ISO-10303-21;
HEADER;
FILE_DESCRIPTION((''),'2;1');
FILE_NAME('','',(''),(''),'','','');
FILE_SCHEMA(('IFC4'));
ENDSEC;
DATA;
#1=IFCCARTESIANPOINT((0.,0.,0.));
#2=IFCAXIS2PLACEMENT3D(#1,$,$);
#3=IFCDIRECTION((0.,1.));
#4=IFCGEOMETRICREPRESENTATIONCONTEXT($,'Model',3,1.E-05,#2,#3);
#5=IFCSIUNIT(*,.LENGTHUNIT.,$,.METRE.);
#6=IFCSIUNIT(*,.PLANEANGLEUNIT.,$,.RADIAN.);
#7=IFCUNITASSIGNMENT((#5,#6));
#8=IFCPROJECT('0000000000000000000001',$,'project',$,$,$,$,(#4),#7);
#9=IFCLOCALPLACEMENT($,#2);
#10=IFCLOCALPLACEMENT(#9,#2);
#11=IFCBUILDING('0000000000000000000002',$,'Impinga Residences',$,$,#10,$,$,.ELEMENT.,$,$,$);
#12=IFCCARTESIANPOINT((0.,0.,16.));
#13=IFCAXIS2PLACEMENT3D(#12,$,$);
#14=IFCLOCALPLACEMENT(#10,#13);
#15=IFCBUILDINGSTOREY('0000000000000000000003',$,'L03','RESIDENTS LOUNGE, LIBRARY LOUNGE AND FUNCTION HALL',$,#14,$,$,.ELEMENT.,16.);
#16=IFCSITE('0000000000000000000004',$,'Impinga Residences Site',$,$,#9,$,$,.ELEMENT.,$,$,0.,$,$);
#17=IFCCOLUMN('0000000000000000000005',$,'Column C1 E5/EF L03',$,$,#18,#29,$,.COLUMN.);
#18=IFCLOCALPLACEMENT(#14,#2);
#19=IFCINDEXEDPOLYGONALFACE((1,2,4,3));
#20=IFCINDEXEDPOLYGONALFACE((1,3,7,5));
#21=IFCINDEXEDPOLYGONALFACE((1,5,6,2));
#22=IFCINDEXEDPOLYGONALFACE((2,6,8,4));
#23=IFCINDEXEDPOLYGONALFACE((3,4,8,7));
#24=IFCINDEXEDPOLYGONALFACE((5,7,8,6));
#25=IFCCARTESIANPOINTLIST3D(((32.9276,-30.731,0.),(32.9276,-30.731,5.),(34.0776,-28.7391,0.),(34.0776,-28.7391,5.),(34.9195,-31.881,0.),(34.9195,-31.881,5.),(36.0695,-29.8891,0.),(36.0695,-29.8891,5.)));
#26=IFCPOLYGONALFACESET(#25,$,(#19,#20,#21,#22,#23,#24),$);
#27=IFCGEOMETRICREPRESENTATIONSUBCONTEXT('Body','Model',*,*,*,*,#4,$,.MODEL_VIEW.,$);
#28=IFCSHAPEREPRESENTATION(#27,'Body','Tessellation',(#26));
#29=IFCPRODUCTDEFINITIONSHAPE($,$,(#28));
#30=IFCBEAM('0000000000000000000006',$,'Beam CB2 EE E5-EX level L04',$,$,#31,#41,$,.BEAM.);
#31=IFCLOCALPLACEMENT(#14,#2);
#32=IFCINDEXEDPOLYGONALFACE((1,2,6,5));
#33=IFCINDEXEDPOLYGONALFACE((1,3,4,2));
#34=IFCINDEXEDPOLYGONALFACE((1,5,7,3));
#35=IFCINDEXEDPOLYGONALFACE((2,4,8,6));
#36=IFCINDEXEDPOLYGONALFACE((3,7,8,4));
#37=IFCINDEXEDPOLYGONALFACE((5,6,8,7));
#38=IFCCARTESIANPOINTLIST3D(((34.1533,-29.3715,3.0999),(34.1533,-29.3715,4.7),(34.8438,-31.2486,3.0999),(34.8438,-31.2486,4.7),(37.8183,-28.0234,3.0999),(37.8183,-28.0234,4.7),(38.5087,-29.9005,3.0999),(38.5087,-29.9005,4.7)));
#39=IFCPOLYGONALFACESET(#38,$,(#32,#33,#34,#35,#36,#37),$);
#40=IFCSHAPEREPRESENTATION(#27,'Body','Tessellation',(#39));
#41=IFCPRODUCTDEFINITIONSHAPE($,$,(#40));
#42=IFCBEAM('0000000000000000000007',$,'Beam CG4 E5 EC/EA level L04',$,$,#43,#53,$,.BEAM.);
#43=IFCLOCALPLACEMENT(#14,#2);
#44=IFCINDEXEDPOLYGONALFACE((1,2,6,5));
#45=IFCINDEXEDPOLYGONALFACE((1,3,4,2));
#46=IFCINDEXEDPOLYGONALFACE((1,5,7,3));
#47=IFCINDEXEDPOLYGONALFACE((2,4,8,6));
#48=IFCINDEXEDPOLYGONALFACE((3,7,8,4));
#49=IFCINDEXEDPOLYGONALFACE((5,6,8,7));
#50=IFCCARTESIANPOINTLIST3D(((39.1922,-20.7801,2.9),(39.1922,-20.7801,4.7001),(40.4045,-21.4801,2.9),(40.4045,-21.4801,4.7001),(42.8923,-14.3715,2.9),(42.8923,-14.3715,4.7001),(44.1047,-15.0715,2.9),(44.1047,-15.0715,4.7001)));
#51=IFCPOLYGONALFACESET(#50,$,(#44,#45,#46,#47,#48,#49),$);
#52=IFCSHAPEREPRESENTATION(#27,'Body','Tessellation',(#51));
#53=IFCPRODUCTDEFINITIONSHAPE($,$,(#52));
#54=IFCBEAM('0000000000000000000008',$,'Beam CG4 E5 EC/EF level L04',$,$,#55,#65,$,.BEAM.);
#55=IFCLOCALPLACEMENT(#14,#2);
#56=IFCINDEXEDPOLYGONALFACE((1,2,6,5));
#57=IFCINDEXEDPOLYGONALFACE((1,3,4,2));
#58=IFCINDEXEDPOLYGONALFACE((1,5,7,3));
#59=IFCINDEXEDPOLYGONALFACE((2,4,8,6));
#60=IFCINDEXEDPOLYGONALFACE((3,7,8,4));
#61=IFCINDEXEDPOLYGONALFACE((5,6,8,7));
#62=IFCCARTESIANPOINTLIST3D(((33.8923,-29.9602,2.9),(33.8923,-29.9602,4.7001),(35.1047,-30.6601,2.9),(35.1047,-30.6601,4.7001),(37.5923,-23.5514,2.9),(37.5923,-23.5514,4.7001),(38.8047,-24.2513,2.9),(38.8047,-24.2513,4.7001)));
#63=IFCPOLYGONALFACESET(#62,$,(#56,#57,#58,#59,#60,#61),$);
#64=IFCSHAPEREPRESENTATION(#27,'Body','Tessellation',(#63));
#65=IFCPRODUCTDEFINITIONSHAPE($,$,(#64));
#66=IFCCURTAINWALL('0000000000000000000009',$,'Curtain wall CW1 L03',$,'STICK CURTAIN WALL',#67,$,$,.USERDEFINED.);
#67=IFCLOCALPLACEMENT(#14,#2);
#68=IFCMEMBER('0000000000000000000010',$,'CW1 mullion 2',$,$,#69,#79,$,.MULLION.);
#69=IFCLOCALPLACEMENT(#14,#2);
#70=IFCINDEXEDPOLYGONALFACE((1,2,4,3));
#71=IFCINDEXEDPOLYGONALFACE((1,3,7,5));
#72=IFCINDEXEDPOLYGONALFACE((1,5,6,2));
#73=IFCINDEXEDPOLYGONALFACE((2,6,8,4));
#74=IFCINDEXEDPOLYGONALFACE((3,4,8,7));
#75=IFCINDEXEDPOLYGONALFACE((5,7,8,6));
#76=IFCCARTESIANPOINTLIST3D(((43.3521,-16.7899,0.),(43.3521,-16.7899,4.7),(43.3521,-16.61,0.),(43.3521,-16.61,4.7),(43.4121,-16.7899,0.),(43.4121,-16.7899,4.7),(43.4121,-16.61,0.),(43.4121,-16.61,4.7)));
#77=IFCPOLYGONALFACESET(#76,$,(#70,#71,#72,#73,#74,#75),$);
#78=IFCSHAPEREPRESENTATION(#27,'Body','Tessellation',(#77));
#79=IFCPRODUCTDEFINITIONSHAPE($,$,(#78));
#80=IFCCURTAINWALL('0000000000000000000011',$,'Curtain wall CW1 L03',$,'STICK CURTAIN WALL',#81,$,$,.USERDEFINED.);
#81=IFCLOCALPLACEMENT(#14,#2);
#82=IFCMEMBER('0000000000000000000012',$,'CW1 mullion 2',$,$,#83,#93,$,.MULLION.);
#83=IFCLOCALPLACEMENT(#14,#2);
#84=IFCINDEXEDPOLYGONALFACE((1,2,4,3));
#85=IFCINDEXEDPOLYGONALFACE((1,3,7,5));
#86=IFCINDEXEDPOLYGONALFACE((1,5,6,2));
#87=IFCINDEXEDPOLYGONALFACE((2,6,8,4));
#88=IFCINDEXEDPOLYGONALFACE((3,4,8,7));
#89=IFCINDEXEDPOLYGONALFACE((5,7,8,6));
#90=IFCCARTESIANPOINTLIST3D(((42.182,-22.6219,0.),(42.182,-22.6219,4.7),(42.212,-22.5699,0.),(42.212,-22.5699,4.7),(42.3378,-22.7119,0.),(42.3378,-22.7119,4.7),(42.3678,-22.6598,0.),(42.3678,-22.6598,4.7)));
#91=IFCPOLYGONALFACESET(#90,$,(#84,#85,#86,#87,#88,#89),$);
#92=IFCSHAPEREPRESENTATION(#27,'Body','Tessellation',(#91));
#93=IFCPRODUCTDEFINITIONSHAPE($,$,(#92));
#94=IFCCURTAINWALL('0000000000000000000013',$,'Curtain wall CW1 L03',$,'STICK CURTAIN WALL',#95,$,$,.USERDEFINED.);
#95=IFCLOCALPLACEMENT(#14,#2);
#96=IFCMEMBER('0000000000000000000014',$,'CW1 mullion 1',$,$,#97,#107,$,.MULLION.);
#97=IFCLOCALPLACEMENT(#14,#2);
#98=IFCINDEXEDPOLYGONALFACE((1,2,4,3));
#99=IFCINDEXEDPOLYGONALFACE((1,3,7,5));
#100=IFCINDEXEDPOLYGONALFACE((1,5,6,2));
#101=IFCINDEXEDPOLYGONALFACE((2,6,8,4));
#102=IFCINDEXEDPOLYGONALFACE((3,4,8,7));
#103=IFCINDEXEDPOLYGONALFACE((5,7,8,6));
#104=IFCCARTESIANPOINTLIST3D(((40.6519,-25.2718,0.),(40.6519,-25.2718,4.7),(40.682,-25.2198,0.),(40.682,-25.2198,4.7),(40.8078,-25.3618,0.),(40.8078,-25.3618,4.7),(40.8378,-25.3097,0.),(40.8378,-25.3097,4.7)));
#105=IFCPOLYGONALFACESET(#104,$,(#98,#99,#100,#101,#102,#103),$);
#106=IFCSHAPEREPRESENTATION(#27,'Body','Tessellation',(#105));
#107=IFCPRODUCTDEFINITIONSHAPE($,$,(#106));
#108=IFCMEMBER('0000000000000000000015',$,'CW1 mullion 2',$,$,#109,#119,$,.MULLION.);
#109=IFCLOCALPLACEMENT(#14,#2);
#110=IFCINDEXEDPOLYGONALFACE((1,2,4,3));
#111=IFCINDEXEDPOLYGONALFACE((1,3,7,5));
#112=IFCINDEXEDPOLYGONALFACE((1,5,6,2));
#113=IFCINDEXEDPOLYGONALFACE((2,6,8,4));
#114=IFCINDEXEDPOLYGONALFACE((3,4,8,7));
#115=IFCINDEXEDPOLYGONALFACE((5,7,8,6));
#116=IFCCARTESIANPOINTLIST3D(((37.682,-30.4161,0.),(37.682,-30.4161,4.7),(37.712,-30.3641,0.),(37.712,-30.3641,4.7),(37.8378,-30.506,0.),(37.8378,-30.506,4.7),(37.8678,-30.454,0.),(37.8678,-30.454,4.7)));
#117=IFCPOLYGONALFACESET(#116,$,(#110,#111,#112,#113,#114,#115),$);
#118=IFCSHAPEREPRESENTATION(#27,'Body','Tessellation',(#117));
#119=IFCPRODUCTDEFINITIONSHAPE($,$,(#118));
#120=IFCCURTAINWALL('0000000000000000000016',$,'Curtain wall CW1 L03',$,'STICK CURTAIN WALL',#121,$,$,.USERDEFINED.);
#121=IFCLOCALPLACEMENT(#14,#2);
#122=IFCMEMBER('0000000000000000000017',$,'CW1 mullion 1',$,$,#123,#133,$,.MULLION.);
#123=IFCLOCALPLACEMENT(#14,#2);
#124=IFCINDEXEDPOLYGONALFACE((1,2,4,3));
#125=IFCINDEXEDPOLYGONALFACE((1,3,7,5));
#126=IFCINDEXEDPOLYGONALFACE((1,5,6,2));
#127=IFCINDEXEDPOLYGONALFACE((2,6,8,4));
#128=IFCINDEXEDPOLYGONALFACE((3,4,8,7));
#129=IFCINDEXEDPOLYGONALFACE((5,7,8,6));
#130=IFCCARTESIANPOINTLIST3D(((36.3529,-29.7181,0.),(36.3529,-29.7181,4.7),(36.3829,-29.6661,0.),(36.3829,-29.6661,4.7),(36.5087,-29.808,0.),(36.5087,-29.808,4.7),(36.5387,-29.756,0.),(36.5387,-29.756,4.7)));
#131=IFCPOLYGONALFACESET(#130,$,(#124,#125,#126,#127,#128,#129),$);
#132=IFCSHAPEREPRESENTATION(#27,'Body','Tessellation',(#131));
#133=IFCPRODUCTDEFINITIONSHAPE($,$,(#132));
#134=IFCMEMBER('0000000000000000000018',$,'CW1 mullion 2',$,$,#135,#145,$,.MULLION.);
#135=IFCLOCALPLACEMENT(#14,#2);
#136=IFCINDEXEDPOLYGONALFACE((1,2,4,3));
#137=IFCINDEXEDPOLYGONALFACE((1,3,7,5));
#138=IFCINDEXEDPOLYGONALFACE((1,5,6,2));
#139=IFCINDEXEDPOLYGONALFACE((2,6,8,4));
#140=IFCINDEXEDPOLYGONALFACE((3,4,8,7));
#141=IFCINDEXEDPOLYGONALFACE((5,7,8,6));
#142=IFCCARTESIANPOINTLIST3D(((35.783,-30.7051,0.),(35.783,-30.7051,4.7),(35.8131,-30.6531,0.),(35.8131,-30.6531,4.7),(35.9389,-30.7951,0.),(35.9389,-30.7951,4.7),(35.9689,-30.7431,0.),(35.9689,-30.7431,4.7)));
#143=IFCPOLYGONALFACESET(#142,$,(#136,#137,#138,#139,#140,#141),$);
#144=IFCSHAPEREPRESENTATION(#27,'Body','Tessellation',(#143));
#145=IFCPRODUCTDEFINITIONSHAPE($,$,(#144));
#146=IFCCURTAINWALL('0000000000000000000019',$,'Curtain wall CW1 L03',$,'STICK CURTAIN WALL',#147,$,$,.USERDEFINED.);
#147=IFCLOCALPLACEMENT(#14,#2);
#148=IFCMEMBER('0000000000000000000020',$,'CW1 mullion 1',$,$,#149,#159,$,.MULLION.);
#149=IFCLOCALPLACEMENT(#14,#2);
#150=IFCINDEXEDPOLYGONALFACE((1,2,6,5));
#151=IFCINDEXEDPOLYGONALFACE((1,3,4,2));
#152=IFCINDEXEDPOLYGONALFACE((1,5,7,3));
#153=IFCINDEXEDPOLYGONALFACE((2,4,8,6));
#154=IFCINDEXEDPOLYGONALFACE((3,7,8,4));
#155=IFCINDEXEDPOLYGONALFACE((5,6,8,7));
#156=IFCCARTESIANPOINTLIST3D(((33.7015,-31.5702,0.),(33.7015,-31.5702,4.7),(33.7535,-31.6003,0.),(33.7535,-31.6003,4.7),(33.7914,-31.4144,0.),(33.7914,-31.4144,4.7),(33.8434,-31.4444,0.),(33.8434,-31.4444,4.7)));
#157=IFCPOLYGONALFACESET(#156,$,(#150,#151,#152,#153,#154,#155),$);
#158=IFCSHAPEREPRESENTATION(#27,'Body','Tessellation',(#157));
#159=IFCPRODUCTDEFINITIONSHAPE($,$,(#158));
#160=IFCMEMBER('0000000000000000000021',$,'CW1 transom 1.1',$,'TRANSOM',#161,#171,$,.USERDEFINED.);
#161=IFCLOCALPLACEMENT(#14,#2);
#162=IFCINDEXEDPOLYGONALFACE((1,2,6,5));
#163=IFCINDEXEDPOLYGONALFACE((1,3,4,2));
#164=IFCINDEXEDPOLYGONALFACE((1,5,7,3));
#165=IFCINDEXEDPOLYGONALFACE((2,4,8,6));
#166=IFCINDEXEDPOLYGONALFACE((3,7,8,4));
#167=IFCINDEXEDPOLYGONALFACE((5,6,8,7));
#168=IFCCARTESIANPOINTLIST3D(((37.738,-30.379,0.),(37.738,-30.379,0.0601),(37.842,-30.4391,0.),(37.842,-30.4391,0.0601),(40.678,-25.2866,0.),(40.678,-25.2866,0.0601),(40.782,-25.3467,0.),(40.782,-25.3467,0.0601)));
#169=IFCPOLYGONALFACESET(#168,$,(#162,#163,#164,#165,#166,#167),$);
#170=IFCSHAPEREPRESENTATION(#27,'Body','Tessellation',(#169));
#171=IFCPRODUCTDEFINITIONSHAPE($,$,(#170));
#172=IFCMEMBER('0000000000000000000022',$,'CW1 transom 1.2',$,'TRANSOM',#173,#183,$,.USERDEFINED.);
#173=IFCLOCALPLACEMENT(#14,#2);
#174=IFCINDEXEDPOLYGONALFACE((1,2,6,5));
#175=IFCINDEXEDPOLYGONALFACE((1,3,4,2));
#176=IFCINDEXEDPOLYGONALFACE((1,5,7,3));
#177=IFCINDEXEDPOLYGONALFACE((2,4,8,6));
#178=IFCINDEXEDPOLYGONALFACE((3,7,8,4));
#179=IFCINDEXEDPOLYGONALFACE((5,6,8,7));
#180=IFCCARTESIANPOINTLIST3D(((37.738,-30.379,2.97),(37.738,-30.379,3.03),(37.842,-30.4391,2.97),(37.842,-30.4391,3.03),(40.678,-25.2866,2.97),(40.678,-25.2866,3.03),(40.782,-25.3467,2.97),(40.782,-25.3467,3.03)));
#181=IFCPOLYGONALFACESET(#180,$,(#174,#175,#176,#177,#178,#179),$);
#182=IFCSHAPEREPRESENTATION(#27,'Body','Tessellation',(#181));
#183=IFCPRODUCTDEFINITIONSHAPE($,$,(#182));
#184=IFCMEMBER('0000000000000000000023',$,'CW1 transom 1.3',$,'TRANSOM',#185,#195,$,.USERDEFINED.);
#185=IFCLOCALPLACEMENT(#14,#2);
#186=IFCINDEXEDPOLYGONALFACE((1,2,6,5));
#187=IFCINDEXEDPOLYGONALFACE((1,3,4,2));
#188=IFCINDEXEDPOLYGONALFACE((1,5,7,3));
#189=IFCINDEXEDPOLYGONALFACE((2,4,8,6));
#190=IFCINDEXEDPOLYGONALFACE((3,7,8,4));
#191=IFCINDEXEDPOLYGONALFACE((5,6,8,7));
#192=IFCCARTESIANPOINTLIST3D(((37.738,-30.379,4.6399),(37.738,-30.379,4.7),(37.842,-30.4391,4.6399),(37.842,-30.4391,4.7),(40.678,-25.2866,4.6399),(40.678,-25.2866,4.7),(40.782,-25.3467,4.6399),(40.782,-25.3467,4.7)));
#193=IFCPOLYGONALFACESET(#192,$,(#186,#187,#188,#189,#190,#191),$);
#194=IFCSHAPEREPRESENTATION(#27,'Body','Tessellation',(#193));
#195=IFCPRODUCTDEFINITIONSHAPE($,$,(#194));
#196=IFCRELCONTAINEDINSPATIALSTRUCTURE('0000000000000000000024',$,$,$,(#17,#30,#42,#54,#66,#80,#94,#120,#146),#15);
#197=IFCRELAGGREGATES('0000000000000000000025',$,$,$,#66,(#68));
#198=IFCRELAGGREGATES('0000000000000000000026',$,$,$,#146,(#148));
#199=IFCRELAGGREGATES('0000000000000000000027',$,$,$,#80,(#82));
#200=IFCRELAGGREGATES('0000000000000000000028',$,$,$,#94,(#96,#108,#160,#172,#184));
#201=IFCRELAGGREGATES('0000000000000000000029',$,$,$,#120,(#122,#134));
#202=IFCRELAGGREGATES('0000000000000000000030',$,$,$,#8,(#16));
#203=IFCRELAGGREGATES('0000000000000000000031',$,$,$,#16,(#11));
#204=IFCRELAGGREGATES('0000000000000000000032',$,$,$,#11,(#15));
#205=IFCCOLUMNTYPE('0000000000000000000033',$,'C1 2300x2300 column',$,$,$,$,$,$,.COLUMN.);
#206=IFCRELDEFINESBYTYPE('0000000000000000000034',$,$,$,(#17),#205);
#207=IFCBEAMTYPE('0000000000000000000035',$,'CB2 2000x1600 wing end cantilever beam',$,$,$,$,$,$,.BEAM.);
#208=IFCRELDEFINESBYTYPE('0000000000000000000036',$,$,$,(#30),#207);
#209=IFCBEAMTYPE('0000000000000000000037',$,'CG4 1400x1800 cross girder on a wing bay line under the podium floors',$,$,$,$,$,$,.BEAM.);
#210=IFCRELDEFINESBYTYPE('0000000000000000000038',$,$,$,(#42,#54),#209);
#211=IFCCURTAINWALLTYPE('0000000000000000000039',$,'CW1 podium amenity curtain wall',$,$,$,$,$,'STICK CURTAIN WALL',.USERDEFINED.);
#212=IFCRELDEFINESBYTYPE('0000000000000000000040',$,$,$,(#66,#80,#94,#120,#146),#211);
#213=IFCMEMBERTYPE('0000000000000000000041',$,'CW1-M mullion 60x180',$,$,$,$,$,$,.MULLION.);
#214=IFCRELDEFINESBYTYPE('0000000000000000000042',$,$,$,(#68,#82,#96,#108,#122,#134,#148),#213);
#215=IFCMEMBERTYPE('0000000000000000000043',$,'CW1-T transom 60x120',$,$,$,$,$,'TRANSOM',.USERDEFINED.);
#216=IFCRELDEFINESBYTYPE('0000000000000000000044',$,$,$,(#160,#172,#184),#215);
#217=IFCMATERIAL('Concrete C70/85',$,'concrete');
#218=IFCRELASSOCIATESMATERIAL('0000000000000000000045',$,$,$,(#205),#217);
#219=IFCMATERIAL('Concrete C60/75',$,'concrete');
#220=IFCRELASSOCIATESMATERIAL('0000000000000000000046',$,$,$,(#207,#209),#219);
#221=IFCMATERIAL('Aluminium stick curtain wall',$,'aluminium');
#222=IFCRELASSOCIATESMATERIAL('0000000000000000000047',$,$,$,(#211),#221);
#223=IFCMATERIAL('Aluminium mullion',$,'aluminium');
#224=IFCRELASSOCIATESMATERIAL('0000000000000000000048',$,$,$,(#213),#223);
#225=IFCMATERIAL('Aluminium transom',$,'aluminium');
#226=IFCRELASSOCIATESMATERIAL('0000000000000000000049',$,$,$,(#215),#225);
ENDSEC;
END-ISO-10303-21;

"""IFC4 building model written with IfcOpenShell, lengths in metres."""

from ifc_helpers import new_model, si_unit, direction, frame, origin, origin_2d, place, context, subcontext, project, spatial, rectangle, extrude, material, material_profile, profile_set, type_object, element, aggregate, save


model = new_model("IFC4")

# Units and contexts
model_context = context("Model", 3, precision=1e-05, world=origin(), true_north=direction((0.0, 1.0)))
body_context = subcontext(model_context, "Body", "Model", "MODEL_VIEW")
ifc_project = project(units=[si_unit("LENGTHUNIT", "METRE"), si_unit("PLANEANGLEUNIT", "RADIAN")], contexts=[model_context])

# Site, building, storey
site_placement = place(None, origin())
site = spatial("IfcSite", under=ifc_project, at=site_placement, Name="Impinga Residences Site", CompositionType="ELEMENT", RefElevation=0.0)
building_placement = place(site_placement, origin())
building = spatial("IfcBuilding", under=site, at=building_placement, Name="Impinga Residences", CompositionType="ELEMENT")
storey_placement = place(building_placement, frame((0.0, 0.0, 16.0)))
storey = spatial("IfcBuildingStorey", under=building, at=storey_placement, Name="L03", Description="RESIDENTS LOUNGE, LIBRARY LOUNGE AND FUNCTION HALL", CompositionType="ELEMENT", Elevation=16.0)

# Column
ifc_material_1 = material(Name="Concrete C70/85", Category="concrete")
ifc_material_profile_1 = material_profile(ifc_material_1, rectangle(XDim=2.3, YDim=2.3, at=origin_2d()), Name="RC 2300x2300")
ifc_profile_set_1 = profile_set([ifc_material_profile_1], Name="Concrete C70/85")
column_type = type_object("IfcColumnType", Name="C1 2300x2300 column", PredefinedType="COLUMN", material=ifc_profile_set_1)
column_placement = place(storey_placement, frame((34.4985, -30.3101, 0.0), z_axis=(0.0, 0.0, 1.0), x_axis=(-0.5, -0.866025, 0.0)))
element("IfcColumn", 1, at=column_placement, inside=storey, type_object=column_type, Name="Column C1 E5/EF L03", PredefinedType="COLUMN", context=body_context, shape_type="SweptSolid", body=[
    extrude(rectangle(XDim=2.3, YDim=2.3, at=origin_2d()), origin(), (0.0, 0.0, 1.0), 5.0),
])

# Beams
ifc_material_2 = material(Name="Concrete C60/75", Category="concrete")
ifc_material_profile_2 = material_profile(ifc_material_2, rectangle(XDim=2.0, YDim=1.6001, at=origin_2d()), Name="RC 2000x1600")
ifc_profile_set_2 = profile_set([ifc_material_profile_2], Name="Concrete C60/75")
beam_type_1 = type_object("IfcBeamType", Name="CB2 2000x1600 wing end cantilever beam", PredefinedType="BEAM", material=ifc_profile_set_2)
beam_1_placement = place(storey_placement, frame((34.4985, -30.3101, 3.8999), z_axis=(0.93852, 0.345224, 0.0), x_axis=(-0.345224, 0.93852, 0.0)))
element("IfcBeam", 2, at=beam_1_placement, inside=storey, type_object=beam_type_1, Name="Beam CB2 EE E5-EX level L04", PredefinedType="BEAM", context=body_context, shape_type="SweptSolid", body=[
    extrude(rectangle(XDim=2.0, YDim=1.6001, at=origin_2d()), origin(), (0.0, 0.0, 1.0), 3.905),
])
ifc_material_profile_3 = material_profile(ifc_material_2, rectangle(XDim=1.3999, YDim=1.8, at=origin_2d()), Name="RC 1400x1800")
ifc_profile_set_3 = profile_set([ifc_material_profile_3], Name="Concrete C60/75")
beam_type_2 = type_object("IfcBeamType", Name="CG4 1400x1800 cross girder on a wing bay line under the podium floors", PredefinedType="BEAM", material=ifc_profile_set_3)
for number, where, z_axis, x_axis, name in (
    (3, (39.7983, -21.1301, 3.8), (0.500014, 0.866017, 0.0), (-0.866017, 0.500014, 0.0), "Beam CG4 E5 EC/EA level L04"),
    (4, (38.1985, -23.9014, 3.8), (-0.499989, -0.866032, 0.0), (0.866032, -0.499989, 0.0), "Beam CG4 E5 EC/EF level L04"),
):
    element("IfcBeam", number, at=place(storey_placement, frame(where, z_axis=z_axis, x_axis=x_axis)), inside=storey, type_object=beam_type_2, Name=name, PredefinedType="BEAM", context=body_context, shape_type="SweptSolid", body=[
        extrude(rectangle(XDim=1.3999, YDim=1.8, at=origin_2d()), origin(), (0.0, 0.0, 1.0), 7.4001),
    ])

# Curtain walls, members
ifc_material_3 = material(Name="Aluminium stick curtain wall", Category="aluminium")
curtain_wall_type = type_object("IfcCurtainWallType", Name="CW1 podium amenity curtain wall", ElementType="STICK CURTAIN WALL", PredefinedType="USERDEFINED", material=ifc_material_3)
curtain_wall_1_placement = place(storey_placement, origin())
curtain_wall_1 = element("IfcCurtainWall", 5, at=curtain_wall_1_placement, inside=storey, type_object=curtain_wall_type, Name="Curtain wall CW1 L03", ObjectType="STICK CURTAIN WALL", PredefinedType="USERDEFINED")
ifc_material_4 = material(Name="Aluminium mullion", Category="aluminium")
ifc_material_profile_4 = material_profile(ifc_material_4, rectangle(XDim=0.0601, YDim=0.1799, at=origin_2d()), Name="60x180 mullion")
ifc_profile_set_4 = profile_set([ifc_material_profile_4], Name="Aluminium mullion")
member_type_1 = type_object("IfcMemberType", Name="CW1-M mullion 60x180", PredefinedType="MULLION", material=ifc_profile_set_4)
member_1_placement = place(storey_placement, frame((43.3821, -16.7, 0.0), z_axis=(0.0, 0.0, 1.0), x_axis=(-1.0, 0.0, 0.0)))
member_1 = element("IfcMember", 6, at=member_1_placement, type_object=member_type_1, Name="CW1 mullion 2", PredefinedType="MULLION", context=body_context, shape_type="SweptSolid", body=[
    extrude(rectangle(XDim=0.0601, YDim=0.1799, at=origin_2d()), origin(), (0.0, 0.0, 1.0), 4.7),
])
aggregate(curtain_wall_1, [member_1])
curtain_wall_2_placement = place(storey_placement, origin())
curtain_wall_2 = element("IfcCurtainWall", 7, at=curtain_wall_2_placement, inside=storey, type_object=curtain_wall_type, Name="Curtain wall CW1 L03", ObjectType="STICK CURTAIN WALL", PredefinedType="USERDEFINED")
member_2_placement = place(storey_placement, frame((42.2749, -22.6409, 0.0), z_axis=(0.0, 0.0, 1.0), x_axis=(-0.5, -0.866025, 0.0)))
member_2 = element("IfcMember", 8, at=member_2_placement, type_object=member_type_1, Name="CW1 mullion 2", PredefinedType="MULLION", context=body_context, shape_type="SweptSolid", body=[
    extrude(rectangle(XDim=0.0601, YDim=0.1799, at=origin_2d()), origin(), (0.0, 0.0, 1.0), 4.7),
])

# Curtain walls, members
curtain_wall_3_placement = place(storey_placement, origin())
curtain_wall_3 = element("IfcCurtainWall", 9, at=curtain_wall_3_placement, inside=storey, type_object=curtain_wall_type, Name="Curtain wall CW1 L03", ObjectType="STICK CURTAIN WALL", PredefinedType="USERDEFINED")
member_3_placement = place(storey_placement, frame((40.7449, -25.2908, 0.0), z_axis=(0.0, 0.0, 1.0), x_axis=(-0.5, -0.866025, 0.0)))
member_3 = element("IfcMember", 10, at=member_3_placement, type_object=member_type_1, Name="CW1 mullion 1", PredefinedType="MULLION", context=body_context, shape_type="SweptSolid", body=[
    extrude(rectangle(XDim=0.0601, YDim=0.1799, at=origin_2d()), origin(), (0.0, 0.0, 1.0), 4.7),
])
member_4_placement = place(storey_placement, frame((37.7749, -30.4351, 0.0), z_axis=(0.0, 0.0, 1.0), x_axis=(-0.5, -0.866025, 0.0)))
member_4 = element("IfcMember", 11, at=member_4_placement, type_object=member_type_1, Name="CW1 mullion 2", PredefinedType="MULLION", context=body_context, shape_type="SweptSolid", body=[
    extrude(rectangle(XDim=0.0601, YDim=0.1799, at=origin_2d()), origin(), (0.0, 0.0, 1.0), 4.7),
])
curtain_wall_4_placement = place(storey_placement, origin())
curtain_wall_4 = element("IfcCurtainWall", 12, at=curtain_wall_4_placement, inside=storey, type_object=curtain_wall_type, Name="Curtain wall CW1 L03", ObjectType="STICK CURTAIN WALL", PredefinedType="USERDEFINED")
member_5_placement = place(storey_placement, frame((36.4458, -29.7371, 0.0), z_axis=(0.0, 0.0, 1.0), x_axis=(-0.5, -0.866026, 0.0)))
member_5 = element("IfcMember", 13, at=member_5_placement, type_object=member_type_1, Name="CW1 mullion 1", PredefinedType="MULLION", context=body_context, shape_type="SweptSolid", body=[
    extrude(rectangle(XDim=0.0601, YDim=0.1799, at=origin_2d()), origin(), (0.0, 0.0, 1.0), 4.7),
])
member_6_placement = place(storey_placement, frame((35.876, -30.7241, 0.0), z_axis=(0.0, 0.0, 1.0), x_axis=(-0.5, -0.866026, 0.0)))
member_6 = element("IfcMember", 14, at=member_6_placement, type_object=member_type_1, Name="CW1 mullion 2", PredefinedType="MULLION", context=body_context, shape_type="SweptSolid", body=[
    extrude(rectangle(XDim=0.0601, YDim=0.1799, at=origin_2d()), origin(), (0.0, 0.0, 1.0), 4.7),
])

# Curtain wall, member
curtain_wall_5_placement = place(storey_placement, origin())
curtain_wall_5 = element("IfcCurtainWall", 15, at=curtain_wall_5_placement, inside=storey, type_object=curtain_wall_type, Name="Curtain wall CW1 L03", ObjectType="STICK CURTAIN WALL", PredefinedType="USERDEFINED")
member_7_placement = place(storey_placement, frame((33.7725, -31.5073, 0.0), z_axis=(0.0, 0.0, 1.0), x_axis=(-0.866025, 0.5, 0.0)))
member_7 = element("IfcMember", 16, at=member_7_placement, type_object=member_type_1, Name="CW1 mullion 1", PredefinedType="MULLION", context=body_context, shape_type="SweptSolid", body=[
    extrude(rectangle(XDim=0.0601, YDim=0.1799, at=origin_2d()), origin(), (0.0, 0.0, 1.0), 4.7),
])

# Members
ifc_material_5 = material(Name="Aluminium transom", Category="aluminium")
ifc_material_profile_5 = material_profile(ifc_material_5, rectangle(XDim=0.0601, YDim=0.1201, at=origin_2d()), Name="60x120 transom")
ifc_profile_set_5 = profile_set([ifc_material_profile_5], Name="Aluminium transom")
member_type_2 = type_object("IfcMemberType", Name="CW1-T transom 60x120", ElementType="TRANSOM", PredefinedType="USERDEFINED", material=ifc_profile_set_5)
member_8_placement = place(storey_placement, frame((40.73, -25.3167, 0.03), z_axis=(-0.499988, -0.866032, 0.0), x_axis=(0.0, 0.0, 1.0)))
member_8 = element("IfcMember", 17, at=member_8_placement, type_object=member_type_2, Name="CW1 transom 1.1", ObjectType="TRANSOM", PredefinedType="USERDEFINED", context=body_context, shape_type="SweptSolid", body=[
    extrude(rectangle(XDim=0.0601, YDim=0.1201, at=origin_2d()), origin(), (0.0, 0.0, 1.0), 5.8801),
])
member_9_placement = place(storey_placement, frame((40.73, -25.3167, 3.0), z_axis=(-0.499988, -0.866032, 0.0), x_axis=(0.0, 0.0, 1.0)))
member_9 = element("IfcMember", 18, at=member_9_placement, type_object=member_type_2, Name="CW1 transom 1.2", ObjectType="TRANSOM", PredefinedType="USERDEFINED", context=body_context, shape_type="SweptSolid", body=[
    extrude(rectangle(XDim=0.0601, YDim=0.1201, at=origin_2d()), origin(), (0.0, 0.0, 1.0), 5.8801),
])
member_10_placement = place(storey_placement, frame((40.73, -25.3167, 4.6699), z_axis=(-0.499988, -0.866032, 0.0), x_axis=(0.0, 0.0, 1.0)))
member_10 = element("IfcMember", 19, at=member_10_placement, type_object=member_type_2, Name="CW1 transom 1.3", ObjectType="TRANSOM", PredefinedType="USERDEFINED", context=body_context, shape_type="SweptSolid", body=[
    extrude(rectangle(XDim=0.0601, YDim=0.1201, at=origin_2d()), origin(), (0.0, 0.0, 1.0), 5.8801),
])
aggregate(curtain_wall_5, [member_7])

aggregate(curtain_wall_2, [member_2])
aggregate(curtain_wall_3, [member_3, member_4, member_8, member_9, member_10])
aggregate(curtain_wall_4, [member_5, member_6])

save(model, "model.ifc")
